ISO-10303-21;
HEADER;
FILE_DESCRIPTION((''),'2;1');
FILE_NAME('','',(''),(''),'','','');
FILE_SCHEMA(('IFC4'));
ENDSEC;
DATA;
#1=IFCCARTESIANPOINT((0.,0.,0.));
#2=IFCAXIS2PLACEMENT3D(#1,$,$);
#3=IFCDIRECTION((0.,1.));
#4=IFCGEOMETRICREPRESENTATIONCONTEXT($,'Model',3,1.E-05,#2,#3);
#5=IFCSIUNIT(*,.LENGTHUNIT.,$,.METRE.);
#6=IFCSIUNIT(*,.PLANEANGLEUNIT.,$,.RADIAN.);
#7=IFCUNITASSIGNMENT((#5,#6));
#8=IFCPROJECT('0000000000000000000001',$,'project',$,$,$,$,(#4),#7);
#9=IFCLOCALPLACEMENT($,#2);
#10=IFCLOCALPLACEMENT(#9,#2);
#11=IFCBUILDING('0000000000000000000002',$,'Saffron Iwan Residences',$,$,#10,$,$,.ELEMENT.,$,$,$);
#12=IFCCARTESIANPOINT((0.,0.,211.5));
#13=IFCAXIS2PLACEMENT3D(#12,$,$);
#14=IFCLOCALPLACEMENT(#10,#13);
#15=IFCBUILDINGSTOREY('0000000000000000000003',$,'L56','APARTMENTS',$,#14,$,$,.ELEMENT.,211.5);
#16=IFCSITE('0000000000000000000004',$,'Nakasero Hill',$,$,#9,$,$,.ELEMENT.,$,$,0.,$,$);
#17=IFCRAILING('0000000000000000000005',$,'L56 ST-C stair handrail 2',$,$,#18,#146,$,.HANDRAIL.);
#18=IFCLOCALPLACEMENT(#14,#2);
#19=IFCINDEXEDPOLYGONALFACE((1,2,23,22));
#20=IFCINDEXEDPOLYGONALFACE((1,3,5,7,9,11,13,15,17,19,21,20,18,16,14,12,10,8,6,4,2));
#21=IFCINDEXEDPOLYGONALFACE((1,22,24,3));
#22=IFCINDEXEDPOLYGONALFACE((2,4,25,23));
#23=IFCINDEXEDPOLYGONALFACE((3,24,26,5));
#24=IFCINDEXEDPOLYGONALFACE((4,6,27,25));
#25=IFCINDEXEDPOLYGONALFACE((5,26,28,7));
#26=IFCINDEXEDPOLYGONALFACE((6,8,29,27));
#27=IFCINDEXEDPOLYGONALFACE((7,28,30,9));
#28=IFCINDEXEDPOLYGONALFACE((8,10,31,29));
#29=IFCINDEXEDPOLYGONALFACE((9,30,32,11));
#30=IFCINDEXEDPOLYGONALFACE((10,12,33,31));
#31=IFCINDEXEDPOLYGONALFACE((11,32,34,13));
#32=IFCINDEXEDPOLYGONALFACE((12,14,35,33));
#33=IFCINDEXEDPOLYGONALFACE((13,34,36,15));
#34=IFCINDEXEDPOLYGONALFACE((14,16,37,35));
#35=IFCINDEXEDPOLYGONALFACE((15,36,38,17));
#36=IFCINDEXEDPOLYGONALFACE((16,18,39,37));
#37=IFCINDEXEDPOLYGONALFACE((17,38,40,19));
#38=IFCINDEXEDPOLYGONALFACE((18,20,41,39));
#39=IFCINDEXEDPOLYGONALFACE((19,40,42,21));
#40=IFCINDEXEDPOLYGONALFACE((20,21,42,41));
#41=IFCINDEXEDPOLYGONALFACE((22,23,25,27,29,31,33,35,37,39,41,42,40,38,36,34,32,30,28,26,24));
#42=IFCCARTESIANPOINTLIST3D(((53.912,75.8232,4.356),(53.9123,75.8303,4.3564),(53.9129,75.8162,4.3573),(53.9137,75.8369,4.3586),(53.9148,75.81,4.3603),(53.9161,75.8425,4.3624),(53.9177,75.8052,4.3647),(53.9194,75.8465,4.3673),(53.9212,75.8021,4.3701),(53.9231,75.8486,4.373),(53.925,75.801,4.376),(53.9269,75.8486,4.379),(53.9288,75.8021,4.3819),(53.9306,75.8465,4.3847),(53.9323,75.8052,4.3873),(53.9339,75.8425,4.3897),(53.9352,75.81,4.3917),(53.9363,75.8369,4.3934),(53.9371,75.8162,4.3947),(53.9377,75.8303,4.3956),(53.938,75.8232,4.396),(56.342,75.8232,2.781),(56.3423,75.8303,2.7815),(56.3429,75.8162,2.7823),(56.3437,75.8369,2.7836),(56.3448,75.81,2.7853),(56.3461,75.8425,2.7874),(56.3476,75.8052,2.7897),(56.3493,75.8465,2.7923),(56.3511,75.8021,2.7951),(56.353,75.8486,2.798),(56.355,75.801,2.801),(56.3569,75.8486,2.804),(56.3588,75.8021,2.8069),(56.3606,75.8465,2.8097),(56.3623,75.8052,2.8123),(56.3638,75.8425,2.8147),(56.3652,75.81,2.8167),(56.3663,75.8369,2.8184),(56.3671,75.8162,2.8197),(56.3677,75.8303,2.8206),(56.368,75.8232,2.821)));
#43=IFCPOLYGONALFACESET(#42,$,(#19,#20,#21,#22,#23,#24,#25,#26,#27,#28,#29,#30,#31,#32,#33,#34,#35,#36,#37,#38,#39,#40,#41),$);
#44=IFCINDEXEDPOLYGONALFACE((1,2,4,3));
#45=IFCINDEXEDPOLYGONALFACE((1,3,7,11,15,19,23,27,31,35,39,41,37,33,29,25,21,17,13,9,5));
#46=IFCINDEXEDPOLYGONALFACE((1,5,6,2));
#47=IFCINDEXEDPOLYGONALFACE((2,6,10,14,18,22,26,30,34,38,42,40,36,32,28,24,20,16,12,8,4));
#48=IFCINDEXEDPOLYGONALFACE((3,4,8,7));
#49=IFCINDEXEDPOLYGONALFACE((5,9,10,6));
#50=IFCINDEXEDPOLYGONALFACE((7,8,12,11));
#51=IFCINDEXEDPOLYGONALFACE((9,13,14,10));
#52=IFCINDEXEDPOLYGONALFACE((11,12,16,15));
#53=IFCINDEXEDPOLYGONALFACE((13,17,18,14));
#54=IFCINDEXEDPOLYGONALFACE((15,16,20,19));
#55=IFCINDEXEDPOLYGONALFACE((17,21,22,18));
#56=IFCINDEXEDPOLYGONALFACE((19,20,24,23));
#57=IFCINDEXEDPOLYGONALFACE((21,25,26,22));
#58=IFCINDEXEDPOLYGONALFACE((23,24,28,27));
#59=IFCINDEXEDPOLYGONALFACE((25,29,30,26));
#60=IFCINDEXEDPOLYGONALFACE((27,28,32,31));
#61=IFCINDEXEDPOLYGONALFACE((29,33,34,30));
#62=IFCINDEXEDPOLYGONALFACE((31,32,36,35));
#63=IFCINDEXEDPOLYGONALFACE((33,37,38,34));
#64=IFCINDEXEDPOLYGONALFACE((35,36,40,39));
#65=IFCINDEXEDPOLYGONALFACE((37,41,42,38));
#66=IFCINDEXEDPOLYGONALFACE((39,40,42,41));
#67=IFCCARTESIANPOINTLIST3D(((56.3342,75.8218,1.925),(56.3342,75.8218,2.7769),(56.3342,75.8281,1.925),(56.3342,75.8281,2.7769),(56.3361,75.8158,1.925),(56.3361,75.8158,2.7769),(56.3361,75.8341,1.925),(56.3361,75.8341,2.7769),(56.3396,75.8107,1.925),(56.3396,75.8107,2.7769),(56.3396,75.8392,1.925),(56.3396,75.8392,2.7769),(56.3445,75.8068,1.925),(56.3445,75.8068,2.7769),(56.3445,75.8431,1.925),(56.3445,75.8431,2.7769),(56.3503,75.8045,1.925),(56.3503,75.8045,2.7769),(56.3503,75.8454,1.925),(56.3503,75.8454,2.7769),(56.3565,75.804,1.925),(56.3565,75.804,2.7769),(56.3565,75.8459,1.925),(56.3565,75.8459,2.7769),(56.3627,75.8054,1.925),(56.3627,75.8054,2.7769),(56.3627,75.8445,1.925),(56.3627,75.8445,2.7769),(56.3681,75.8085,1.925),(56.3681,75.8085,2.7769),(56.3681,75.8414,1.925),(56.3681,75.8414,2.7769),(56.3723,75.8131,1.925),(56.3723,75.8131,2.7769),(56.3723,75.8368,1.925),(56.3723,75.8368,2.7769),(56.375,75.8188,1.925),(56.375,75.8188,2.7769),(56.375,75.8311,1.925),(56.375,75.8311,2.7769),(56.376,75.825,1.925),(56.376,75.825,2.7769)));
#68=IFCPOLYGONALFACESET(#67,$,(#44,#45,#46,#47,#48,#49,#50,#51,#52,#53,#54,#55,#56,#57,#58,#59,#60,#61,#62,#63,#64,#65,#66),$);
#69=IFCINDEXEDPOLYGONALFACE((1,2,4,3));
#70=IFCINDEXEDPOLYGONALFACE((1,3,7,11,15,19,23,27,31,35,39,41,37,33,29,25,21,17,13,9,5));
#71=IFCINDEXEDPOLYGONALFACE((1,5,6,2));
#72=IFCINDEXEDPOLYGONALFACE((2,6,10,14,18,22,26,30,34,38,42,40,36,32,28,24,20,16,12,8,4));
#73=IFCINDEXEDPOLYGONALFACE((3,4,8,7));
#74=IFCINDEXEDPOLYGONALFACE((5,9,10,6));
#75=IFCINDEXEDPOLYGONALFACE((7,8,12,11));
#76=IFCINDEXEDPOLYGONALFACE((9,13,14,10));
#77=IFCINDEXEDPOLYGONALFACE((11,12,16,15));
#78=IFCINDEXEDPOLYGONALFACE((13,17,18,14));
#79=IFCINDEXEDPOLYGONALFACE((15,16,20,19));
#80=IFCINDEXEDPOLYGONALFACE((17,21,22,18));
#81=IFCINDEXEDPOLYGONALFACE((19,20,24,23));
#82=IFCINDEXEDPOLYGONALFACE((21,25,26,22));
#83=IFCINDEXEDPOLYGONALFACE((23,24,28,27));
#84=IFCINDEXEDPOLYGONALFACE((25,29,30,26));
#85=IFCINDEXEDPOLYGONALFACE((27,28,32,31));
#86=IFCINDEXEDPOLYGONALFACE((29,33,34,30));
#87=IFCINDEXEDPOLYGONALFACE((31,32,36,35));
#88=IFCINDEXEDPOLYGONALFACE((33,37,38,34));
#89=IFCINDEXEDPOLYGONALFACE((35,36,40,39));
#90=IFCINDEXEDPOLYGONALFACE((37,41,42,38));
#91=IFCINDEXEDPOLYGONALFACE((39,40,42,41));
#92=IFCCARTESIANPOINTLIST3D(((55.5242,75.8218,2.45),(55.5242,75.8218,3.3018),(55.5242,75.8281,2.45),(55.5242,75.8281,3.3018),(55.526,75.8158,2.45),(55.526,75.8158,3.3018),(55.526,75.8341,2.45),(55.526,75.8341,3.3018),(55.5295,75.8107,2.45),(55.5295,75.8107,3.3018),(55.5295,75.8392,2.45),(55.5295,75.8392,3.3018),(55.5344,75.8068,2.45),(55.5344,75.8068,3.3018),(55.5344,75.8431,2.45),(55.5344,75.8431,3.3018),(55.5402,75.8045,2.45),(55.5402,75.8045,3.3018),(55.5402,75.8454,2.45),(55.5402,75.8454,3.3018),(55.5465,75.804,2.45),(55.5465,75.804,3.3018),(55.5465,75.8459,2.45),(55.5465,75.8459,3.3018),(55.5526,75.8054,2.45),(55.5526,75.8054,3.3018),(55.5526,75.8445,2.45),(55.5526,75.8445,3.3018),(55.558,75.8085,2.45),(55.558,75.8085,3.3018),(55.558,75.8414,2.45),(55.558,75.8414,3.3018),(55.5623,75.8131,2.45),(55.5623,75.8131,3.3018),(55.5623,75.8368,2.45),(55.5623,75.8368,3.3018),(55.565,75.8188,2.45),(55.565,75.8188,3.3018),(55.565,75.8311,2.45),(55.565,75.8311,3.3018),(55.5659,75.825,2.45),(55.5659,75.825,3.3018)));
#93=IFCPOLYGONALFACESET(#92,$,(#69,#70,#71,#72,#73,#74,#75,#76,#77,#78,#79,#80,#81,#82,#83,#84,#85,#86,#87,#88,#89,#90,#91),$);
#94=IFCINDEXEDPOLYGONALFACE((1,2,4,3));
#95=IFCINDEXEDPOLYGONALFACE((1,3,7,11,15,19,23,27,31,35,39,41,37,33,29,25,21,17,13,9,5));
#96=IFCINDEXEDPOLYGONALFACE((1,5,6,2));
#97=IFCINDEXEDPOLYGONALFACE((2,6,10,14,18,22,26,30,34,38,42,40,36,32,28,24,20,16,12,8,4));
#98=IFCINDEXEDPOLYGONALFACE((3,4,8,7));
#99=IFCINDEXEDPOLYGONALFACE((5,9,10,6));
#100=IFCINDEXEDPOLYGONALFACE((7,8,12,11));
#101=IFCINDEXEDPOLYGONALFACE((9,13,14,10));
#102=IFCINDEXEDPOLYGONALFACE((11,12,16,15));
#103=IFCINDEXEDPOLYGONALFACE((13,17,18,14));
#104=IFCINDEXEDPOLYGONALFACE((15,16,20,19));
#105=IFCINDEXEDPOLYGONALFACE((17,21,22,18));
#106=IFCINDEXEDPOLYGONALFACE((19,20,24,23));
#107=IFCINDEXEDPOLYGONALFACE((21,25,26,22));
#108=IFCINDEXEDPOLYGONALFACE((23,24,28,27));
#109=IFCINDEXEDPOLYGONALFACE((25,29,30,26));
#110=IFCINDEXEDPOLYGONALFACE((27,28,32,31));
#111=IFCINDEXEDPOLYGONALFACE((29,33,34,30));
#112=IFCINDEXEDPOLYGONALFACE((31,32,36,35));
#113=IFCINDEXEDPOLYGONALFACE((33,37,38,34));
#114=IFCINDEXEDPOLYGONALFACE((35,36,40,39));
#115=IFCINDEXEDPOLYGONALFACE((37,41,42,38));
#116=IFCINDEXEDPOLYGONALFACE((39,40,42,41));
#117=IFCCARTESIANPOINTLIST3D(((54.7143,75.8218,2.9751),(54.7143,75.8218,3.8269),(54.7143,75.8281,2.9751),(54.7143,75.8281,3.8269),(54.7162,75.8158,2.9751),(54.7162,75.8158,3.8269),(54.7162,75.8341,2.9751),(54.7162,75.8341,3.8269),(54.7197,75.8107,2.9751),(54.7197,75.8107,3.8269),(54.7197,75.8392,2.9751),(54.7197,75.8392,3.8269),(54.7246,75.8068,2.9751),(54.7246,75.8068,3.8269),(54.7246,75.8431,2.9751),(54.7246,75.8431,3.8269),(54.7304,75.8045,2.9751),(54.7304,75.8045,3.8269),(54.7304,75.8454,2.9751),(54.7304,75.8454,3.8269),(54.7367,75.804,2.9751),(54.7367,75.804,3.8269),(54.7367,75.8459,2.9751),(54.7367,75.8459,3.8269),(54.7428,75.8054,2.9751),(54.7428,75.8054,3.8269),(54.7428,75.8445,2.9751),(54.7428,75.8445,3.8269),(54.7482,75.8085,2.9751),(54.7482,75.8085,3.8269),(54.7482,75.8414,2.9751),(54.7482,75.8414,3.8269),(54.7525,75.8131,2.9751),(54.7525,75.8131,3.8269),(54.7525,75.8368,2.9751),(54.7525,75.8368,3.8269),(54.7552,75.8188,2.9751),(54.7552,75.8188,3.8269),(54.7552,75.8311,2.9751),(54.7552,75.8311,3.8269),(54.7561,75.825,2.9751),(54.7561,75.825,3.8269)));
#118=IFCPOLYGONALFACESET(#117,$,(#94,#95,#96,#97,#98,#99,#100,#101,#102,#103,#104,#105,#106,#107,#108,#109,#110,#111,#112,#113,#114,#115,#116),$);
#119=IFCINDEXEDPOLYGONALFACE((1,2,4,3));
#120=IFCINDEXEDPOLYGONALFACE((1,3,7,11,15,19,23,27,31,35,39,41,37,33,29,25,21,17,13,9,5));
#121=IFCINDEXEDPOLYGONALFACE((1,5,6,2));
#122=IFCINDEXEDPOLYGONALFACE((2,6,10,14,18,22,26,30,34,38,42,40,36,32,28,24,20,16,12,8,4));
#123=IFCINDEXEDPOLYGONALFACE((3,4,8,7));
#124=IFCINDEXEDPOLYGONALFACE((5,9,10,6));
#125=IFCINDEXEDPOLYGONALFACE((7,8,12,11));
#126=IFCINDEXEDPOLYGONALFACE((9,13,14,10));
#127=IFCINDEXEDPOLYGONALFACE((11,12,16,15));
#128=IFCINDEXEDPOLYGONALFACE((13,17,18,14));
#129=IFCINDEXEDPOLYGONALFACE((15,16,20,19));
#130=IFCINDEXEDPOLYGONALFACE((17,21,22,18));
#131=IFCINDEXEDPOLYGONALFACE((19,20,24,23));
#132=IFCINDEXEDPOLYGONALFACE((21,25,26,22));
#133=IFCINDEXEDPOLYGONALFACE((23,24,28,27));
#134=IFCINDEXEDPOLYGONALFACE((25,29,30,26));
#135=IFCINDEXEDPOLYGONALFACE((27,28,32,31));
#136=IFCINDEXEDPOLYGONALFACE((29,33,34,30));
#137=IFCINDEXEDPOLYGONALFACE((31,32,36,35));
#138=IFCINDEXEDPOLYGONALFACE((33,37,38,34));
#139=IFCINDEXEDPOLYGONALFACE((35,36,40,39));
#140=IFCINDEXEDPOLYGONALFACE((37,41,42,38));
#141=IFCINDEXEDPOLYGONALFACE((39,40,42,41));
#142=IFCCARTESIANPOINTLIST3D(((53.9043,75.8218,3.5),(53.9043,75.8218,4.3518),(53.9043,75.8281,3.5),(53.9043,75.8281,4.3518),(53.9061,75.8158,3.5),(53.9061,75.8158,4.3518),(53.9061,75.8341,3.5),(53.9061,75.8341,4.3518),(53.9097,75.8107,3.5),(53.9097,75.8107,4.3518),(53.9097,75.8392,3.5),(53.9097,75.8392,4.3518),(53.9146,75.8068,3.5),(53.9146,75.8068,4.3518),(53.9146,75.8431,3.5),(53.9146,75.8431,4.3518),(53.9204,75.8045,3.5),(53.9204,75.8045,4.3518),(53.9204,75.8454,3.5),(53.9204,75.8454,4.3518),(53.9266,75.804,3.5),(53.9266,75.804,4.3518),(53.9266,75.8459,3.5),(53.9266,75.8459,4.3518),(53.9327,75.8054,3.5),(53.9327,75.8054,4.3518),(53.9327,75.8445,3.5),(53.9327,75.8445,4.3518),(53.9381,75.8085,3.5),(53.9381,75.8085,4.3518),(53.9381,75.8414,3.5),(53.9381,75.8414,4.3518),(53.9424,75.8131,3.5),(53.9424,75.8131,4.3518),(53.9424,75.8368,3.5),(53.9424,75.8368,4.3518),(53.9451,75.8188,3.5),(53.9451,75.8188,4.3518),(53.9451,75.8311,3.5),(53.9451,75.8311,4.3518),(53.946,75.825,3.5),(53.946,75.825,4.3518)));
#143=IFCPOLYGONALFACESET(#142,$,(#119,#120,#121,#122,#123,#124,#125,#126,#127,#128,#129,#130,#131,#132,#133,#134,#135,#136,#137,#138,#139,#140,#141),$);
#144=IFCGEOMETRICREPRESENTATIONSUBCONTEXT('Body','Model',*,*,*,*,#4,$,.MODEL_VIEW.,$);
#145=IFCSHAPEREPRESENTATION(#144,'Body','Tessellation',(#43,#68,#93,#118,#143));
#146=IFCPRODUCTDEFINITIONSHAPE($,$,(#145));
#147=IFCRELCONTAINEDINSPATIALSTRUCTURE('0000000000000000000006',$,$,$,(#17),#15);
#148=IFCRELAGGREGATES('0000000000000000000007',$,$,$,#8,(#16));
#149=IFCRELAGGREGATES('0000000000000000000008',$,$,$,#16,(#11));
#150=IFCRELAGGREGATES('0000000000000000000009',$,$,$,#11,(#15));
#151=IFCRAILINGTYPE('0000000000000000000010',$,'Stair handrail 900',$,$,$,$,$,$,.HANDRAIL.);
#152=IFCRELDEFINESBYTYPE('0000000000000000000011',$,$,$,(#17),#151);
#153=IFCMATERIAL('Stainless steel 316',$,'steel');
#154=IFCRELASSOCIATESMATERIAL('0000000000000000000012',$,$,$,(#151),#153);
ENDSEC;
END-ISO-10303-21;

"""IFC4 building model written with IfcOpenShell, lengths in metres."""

from ifc_helpers import new_model, si_unit, direction, frame, origin, origin_2d, place, context, subcontext, project, spatial, circle, extrude, material, type_object, element, save


model = new_model("IFC4")

# Units and contexts
model_context = context("Model", 3, precision=1e-05, world=origin(), true_north=direction((0.0, 1.0)))
body_context = subcontext(model_context, "Body", "Model", "MODEL_VIEW")
ifc_project = project(units=[si_unit("LENGTHUNIT", "METRE"), si_unit("PLANEANGLEUNIT", "RADIAN")], contexts=[model_context])

# Site, building, storey
site_placement = place(None, origin())
site = spatial("IfcSite", under=ifc_project, at=site_placement, Name="Nakasero Hill", CompositionType="ELEMENT", RefElevation=0.0)
building_placement = place(site_placement, origin())
building = spatial("IfcBuilding", under=site, at=building_placement, Name="Saffron Iwan Residences", CompositionType="ELEMENT")
storey_placement = place(building_placement, frame((0.0, 0.0, 211.5)))
storey = spatial("IfcBuildingStorey", under=building, at=storey_placement, Name="L56", Description="APARTMENTS", CompositionType="ELEMENT", Elevation=211.5)

# Railing
ifc_material_1 = material(Name="Stainless steel 316", Category="steel")
railing_type_1 = type_object("IfcRailingType", Name="Stair handrail 900", PredefinedType="HANDRAIL", material=ifc_material_1)
railing_1_placement = place(storey_placement, frame((56.355, 75.825, 1.925)))
element("IfcRailing", 1, at=railing_1_placement, inside=storey, type_object=railing_type_1, Name="L56 ST-C stair handrail 2", PredefinedType="HANDRAIL", context=body_context, shape_type="SweptSolid", body=[
    extrude(circle(Radius=0.0239, at=origin_2d()), frame((0.0, 0.0, 0.876), z_axis=(-0.839154, 0.0, 0.543894), x_axis=(0.0, -1.0, 0.0)), (0.0, 0.0, 1.0), 2.8958),
    extrude(circle(Radius=0.021, at=origin_2d()), origin(), (0.0, 0.0, 1.0), 0.8518),
    extrude(circle(Radius=0.021, at=origin_2d()), frame((-0.8101, 0.0, 0.5249)), (0.0, 0.0, 1.0), 0.8518),
    extrude(circle(Radius=0.021, at=origin_2d()), frame((-1.6199, 0.0, 1.05)), (0.0, 0.0, 1.0), 0.8518),
    extrude(circle(Radius=0.021, at=origin_2d()), frame((-2.4299, 0.0, 1.575)), (0.0, 0.0, 1.0), 0.8518),
])

save(model, "model.ifc")
